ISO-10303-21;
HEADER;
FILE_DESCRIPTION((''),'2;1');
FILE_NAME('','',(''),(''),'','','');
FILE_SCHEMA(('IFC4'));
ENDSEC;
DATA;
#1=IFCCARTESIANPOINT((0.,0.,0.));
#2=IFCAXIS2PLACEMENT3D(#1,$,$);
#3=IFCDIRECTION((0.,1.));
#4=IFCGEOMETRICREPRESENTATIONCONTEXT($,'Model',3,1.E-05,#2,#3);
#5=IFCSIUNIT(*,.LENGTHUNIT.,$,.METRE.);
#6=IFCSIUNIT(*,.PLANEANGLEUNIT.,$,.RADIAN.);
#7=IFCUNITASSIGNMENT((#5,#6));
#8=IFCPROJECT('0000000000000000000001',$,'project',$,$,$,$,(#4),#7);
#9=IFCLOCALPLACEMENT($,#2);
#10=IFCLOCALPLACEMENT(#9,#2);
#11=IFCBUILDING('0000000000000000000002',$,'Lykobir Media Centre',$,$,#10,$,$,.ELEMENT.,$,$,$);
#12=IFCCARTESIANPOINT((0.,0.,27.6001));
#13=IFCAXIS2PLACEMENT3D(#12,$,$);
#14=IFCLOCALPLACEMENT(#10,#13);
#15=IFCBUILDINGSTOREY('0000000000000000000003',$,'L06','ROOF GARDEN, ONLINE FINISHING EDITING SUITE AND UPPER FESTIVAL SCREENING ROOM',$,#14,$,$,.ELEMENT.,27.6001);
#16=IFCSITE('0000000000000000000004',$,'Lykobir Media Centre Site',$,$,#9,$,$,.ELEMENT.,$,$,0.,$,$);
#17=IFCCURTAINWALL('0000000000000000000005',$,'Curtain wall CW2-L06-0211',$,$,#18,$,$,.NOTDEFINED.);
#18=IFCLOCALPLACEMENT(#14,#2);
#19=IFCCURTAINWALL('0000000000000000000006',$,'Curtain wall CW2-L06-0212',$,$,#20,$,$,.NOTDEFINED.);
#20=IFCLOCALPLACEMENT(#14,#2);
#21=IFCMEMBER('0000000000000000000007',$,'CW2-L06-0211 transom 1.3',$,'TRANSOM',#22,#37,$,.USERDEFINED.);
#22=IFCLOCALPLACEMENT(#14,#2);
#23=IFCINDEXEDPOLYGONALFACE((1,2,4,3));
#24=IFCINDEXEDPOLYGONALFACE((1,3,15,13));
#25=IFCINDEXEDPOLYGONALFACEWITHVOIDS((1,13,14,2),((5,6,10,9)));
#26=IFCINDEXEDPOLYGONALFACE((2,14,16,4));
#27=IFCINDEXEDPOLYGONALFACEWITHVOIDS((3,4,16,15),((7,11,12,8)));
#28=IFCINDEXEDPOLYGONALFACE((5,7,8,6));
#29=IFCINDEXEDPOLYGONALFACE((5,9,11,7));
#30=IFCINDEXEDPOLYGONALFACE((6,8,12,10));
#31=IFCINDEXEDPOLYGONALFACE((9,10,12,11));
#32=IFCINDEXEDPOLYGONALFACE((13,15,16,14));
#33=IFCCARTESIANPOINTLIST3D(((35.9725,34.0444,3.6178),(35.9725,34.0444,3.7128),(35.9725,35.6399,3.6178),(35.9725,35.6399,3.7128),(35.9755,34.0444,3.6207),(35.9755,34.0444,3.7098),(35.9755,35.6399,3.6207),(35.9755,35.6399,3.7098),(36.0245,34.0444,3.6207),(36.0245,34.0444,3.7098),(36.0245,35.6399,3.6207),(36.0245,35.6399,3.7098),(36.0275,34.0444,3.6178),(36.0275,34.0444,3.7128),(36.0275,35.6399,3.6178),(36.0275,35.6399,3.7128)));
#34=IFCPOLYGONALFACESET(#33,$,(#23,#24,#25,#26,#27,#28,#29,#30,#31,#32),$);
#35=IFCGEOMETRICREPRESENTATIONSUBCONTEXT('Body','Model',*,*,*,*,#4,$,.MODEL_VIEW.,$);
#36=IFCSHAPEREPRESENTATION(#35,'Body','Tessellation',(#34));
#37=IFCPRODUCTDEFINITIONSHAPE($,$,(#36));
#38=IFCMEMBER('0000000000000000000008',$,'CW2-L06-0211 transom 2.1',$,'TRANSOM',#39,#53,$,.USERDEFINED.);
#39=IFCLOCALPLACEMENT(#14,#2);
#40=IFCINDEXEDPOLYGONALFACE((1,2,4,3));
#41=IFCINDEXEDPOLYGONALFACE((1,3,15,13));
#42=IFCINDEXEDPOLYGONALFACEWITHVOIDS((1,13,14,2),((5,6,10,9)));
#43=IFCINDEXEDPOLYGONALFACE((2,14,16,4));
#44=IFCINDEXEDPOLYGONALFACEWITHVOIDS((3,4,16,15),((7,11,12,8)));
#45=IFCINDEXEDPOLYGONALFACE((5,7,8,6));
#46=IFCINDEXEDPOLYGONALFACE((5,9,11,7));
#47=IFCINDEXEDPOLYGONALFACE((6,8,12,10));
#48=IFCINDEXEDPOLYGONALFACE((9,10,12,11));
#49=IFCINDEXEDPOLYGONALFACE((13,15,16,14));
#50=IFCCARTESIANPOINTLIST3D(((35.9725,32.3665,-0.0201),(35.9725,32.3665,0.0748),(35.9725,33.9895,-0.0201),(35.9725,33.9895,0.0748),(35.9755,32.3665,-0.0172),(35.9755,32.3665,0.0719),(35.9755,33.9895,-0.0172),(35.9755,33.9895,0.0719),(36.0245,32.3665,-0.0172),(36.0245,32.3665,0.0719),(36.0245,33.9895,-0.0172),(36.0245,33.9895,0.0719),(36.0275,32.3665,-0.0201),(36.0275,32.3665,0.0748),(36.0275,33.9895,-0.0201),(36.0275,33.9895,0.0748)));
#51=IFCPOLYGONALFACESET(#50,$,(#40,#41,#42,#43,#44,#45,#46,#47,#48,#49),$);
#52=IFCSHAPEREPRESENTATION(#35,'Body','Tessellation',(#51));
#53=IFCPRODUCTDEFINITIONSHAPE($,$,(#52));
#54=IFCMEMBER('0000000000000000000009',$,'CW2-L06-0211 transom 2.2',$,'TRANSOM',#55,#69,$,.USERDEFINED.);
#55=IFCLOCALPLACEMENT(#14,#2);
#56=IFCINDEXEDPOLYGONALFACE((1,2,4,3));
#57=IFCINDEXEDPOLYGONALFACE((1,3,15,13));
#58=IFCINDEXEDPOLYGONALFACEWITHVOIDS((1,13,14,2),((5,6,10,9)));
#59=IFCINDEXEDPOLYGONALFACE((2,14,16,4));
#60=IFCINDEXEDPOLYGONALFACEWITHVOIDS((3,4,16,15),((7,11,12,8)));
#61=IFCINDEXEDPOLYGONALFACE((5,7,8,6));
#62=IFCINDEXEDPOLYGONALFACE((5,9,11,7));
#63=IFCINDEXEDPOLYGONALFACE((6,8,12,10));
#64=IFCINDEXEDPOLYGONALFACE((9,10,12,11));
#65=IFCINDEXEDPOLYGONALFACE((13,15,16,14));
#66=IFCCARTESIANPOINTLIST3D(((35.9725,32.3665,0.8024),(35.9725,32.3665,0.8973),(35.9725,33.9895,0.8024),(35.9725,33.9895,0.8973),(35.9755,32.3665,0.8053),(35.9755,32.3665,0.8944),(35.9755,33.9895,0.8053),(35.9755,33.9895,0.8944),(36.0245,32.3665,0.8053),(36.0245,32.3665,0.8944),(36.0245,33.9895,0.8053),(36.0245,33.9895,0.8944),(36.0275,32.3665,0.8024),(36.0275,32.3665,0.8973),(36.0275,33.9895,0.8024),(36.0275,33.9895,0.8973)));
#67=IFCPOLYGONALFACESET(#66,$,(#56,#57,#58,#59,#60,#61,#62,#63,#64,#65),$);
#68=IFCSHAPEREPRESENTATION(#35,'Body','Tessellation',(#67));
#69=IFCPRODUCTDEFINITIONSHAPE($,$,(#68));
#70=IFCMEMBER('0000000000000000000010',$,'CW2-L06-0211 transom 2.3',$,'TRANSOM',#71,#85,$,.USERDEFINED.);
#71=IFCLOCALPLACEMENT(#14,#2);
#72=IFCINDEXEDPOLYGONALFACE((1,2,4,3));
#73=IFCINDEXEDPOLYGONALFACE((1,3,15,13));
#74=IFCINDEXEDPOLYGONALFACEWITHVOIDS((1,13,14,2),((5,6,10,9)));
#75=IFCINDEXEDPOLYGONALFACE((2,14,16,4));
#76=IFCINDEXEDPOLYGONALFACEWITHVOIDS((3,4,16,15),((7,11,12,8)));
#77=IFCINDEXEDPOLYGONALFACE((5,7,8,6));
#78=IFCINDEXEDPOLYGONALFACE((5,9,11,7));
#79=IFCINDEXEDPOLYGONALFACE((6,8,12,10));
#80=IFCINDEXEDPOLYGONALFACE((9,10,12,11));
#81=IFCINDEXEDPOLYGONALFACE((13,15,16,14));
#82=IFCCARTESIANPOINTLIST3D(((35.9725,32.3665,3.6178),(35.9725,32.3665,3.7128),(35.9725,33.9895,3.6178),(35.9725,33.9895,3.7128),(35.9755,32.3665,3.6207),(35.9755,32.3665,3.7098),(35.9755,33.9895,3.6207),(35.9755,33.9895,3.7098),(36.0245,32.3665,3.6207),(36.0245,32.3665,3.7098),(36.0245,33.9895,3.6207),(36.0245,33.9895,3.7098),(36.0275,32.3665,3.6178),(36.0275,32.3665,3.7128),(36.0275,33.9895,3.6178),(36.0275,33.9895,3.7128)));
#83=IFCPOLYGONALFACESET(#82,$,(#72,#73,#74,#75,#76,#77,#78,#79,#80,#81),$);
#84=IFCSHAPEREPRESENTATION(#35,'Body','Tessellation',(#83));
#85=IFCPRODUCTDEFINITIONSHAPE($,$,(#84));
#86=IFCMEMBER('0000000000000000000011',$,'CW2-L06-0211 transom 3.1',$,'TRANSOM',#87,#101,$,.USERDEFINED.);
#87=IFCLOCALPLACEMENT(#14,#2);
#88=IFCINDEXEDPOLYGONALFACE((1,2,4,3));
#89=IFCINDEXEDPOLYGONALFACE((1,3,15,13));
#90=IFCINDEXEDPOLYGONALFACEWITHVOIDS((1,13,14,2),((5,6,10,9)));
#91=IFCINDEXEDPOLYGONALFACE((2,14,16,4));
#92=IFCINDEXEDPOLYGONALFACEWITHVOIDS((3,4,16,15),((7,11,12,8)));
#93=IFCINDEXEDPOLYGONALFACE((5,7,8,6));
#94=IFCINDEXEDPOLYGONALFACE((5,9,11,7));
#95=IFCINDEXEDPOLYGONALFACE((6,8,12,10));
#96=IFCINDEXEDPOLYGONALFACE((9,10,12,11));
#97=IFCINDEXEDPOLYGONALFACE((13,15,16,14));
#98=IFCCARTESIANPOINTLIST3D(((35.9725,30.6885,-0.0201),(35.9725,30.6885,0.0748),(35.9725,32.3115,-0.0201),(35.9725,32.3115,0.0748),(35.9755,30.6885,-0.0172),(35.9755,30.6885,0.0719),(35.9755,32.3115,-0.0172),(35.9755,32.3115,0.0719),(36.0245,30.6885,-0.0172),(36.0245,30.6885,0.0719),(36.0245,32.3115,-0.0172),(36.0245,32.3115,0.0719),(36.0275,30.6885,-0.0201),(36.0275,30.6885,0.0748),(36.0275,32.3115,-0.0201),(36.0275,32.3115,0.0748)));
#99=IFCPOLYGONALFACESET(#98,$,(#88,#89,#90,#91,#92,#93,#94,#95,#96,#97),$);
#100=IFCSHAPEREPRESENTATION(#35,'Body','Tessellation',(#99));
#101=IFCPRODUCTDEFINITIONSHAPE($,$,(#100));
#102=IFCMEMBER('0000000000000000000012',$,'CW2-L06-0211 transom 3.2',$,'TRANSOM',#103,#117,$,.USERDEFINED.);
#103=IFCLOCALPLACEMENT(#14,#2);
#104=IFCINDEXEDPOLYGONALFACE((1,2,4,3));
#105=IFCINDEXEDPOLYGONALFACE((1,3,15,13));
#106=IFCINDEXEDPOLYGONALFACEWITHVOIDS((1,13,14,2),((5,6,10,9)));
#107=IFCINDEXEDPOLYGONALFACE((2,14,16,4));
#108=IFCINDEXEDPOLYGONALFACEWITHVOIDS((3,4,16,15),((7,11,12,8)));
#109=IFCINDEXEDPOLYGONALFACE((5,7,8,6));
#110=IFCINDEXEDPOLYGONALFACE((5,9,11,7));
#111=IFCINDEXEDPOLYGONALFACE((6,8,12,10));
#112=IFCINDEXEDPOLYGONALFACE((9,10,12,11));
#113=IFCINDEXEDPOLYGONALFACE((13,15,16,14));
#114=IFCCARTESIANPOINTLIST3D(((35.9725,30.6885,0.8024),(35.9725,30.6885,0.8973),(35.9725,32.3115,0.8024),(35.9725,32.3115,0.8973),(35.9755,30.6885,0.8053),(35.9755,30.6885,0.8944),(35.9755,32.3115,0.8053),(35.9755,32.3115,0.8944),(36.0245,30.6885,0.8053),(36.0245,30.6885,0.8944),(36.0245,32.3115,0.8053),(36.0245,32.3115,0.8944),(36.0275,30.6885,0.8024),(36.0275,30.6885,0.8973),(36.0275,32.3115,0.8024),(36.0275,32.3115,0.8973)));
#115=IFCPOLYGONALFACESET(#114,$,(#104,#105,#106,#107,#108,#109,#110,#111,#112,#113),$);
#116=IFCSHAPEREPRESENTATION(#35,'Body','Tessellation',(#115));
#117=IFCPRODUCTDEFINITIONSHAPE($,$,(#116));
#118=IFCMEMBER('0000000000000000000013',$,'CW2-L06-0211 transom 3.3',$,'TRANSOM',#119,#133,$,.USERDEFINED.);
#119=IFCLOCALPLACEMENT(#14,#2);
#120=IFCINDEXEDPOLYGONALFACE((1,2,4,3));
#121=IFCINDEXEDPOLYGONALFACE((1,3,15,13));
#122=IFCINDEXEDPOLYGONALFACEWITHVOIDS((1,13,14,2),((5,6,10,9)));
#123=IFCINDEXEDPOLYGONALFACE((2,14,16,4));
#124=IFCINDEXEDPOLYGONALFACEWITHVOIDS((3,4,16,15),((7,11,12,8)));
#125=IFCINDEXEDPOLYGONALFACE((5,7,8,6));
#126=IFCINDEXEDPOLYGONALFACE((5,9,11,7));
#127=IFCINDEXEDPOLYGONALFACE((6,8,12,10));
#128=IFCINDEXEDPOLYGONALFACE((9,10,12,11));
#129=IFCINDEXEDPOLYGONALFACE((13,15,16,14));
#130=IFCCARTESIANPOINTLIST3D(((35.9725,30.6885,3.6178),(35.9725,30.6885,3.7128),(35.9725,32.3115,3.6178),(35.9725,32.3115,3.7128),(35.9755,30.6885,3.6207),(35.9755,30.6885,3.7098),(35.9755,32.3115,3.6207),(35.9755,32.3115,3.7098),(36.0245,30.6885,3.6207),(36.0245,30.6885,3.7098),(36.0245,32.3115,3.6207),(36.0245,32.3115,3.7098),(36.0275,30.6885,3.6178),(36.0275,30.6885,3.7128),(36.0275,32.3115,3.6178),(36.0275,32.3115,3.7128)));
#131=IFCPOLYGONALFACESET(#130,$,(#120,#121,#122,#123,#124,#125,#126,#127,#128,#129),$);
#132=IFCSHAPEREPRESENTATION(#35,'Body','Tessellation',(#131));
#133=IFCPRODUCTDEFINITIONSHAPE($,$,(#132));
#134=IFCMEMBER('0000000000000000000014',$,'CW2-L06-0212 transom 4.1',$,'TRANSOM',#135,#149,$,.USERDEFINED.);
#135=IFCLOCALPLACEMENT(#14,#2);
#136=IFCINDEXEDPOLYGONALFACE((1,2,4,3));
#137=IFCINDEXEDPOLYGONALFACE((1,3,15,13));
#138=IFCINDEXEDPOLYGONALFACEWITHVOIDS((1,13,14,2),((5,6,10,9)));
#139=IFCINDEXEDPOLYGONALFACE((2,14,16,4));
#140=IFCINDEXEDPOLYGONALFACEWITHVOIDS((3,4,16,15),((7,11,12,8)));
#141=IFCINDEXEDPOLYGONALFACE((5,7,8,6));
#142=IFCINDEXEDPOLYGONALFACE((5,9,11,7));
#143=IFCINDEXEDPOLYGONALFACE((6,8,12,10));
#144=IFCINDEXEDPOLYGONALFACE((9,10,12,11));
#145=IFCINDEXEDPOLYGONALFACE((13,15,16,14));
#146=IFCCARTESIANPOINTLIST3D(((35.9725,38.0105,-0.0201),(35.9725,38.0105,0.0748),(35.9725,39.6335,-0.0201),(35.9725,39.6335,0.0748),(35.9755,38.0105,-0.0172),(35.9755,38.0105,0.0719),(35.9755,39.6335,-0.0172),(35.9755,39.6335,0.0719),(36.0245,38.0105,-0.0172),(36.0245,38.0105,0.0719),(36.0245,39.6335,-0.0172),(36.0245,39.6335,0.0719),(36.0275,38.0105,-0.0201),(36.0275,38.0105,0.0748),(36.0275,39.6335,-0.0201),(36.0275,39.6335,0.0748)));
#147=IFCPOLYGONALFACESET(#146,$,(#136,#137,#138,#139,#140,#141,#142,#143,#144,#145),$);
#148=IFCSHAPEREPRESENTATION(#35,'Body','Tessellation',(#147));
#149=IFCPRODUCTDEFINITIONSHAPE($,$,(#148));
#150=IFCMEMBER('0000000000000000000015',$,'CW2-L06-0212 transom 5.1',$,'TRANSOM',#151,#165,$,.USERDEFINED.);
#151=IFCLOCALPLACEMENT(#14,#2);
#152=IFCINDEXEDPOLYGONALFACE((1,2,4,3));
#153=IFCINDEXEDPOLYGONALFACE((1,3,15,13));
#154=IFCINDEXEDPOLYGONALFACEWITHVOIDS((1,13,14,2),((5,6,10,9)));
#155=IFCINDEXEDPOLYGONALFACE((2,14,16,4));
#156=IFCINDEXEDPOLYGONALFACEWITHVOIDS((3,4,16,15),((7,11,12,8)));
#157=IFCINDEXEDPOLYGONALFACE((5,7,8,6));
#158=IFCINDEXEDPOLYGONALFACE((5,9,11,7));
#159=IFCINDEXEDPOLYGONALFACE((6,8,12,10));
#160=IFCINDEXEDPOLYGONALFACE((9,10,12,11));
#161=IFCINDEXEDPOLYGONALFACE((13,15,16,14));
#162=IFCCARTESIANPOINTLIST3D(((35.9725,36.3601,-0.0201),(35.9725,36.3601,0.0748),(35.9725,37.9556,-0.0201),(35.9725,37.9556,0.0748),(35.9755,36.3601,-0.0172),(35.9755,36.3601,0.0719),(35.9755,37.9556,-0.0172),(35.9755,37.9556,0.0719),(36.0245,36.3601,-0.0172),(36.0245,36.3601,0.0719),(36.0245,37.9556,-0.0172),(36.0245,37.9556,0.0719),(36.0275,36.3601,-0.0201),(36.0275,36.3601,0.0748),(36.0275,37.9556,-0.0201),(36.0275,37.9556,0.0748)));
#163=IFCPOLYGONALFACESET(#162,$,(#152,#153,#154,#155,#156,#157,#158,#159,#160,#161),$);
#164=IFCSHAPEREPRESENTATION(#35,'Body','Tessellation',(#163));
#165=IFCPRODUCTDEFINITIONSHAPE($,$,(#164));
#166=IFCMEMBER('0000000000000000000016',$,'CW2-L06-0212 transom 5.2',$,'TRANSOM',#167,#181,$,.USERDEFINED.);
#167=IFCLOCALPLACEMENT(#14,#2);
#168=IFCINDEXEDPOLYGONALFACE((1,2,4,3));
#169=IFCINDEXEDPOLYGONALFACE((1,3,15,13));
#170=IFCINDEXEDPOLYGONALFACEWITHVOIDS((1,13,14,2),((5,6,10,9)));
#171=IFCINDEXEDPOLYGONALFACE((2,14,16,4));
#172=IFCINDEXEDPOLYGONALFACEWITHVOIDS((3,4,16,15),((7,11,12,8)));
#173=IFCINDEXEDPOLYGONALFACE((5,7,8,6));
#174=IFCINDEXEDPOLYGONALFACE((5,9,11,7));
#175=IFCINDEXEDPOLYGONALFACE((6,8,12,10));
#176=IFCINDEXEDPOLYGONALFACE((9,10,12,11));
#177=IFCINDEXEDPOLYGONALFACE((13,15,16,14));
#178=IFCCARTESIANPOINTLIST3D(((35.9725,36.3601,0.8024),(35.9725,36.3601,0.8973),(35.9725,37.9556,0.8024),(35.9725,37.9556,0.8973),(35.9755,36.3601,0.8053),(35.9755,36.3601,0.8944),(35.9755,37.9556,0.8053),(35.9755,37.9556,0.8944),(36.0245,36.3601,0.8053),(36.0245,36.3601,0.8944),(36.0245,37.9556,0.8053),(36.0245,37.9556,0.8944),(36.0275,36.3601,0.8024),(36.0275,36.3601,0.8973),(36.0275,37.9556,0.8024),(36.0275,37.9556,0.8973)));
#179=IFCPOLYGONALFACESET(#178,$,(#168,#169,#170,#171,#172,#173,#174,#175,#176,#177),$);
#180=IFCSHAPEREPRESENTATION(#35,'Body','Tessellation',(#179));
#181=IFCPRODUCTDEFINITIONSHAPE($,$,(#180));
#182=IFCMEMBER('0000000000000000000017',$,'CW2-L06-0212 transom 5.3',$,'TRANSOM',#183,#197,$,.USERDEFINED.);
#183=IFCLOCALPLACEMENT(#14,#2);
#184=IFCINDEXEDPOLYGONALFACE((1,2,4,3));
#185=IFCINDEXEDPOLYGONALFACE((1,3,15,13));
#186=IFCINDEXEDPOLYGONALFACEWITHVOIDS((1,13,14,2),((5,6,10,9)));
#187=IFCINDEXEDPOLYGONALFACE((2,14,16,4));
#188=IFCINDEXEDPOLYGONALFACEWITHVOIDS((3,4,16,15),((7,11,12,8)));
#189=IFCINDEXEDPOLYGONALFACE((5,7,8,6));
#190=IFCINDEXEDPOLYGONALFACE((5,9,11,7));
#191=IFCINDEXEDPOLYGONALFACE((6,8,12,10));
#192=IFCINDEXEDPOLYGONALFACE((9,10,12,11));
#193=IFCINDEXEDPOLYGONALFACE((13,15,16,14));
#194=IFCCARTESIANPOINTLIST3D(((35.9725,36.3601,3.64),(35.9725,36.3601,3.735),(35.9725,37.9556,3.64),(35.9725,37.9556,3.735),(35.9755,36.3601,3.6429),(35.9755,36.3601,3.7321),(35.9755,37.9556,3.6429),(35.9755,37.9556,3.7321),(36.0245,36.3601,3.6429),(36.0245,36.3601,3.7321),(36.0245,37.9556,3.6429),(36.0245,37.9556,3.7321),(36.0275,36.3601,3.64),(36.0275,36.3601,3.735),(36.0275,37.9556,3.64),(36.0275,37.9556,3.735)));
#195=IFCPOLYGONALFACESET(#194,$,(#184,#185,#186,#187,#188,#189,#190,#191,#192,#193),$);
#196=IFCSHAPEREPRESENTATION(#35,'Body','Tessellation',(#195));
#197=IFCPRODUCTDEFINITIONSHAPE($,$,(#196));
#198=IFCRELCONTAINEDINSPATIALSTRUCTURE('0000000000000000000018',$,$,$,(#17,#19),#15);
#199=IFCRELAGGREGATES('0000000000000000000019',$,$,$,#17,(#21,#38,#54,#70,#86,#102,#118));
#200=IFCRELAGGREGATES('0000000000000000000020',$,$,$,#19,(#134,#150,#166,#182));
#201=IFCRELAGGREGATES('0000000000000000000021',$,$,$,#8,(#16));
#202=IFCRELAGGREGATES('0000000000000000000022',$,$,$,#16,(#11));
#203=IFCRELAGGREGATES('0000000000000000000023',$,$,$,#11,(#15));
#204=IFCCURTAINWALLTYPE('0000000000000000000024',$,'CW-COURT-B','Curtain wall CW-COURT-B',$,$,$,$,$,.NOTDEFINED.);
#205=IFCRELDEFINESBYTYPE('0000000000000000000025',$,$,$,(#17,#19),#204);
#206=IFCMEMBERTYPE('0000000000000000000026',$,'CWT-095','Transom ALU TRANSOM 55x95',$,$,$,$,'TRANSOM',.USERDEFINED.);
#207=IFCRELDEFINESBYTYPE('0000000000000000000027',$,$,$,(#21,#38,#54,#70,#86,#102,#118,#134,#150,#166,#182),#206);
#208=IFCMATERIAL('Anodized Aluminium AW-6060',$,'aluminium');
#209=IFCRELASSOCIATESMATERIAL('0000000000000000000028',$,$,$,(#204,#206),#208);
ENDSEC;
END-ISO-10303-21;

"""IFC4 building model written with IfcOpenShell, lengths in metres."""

from ifc_helpers import new_model, si_unit, direction, frame, origin, origin_2d, place, context, subcontext, project, spatial, hollow_rectangle, extrude, material, material_profile, profile_set, type_object, element, aggregate, save


model = new_model("IFC4")

# Units and contexts
model_context = context("Model", 3, precision=1e-05, world=origin(), true_north=direction((0.0, 1.0)))
body_context = subcontext(model_context, "Body", "Model", "MODEL_VIEW")
ifc_project = project(units=[si_unit("LENGTHUNIT", "METRE"), si_unit("PLANEANGLEUNIT", "RADIAN")], contexts=[model_context])

# Site, building, storey
site_placement = place(None, origin())
site = spatial("IfcSite", under=ifc_project, at=site_placement, Name="Lykobir Media Centre Site", CompositionType="ELEMENT", RefElevation=0.0)
building_placement = place(site_placement, origin())
building = spatial("IfcBuilding", under=site, at=building_placement, Name="Lykobir Media Centre", CompositionType="ELEMENT")
storey_placement = place(building_placement, frame((0.0, 0.0, 27.6001)))
storey = spatial("IfcBuildingStorey", under=building, at=storey_placement, Name="L06", Description="ROOF GARDEN, ONLINE FINISHING EDITING SUITE AND UPPER FESTIVAL SCREENING ROOM", CompositionType="ELEMENT", Elevation=27.6001)

# Curtain walls
ifc_material_1 = material(Name="Anodized Aluminium AW-6060", Category="aluminium")
curtain_wall_type = type_object("IfcCurtainWallType", Name="CW-COURT-B", Description="Curtain wall CW-COURT-B", PredefinedType="NOTDEFINED", material=ifc_material_1)
curtain_wall_1_placement = place(storey_placement, origin())
curtain_wall_1 = element("IfcCurtainWall", 1, at=curtain_wall_1_placement, inside=storey, type_object=curtain_wall_type, Name="Curtain wall CW2-L06-0211", PredefinedType="NOTDEFINED")
curtain_wall_2_placement = place(storey_placement, origin())
curtain_wall_2 = element("IfcCurtainWall", 2, at=curtain_wall_2_placement, inside=storey, type_object=curtain_wall_type, Name="Curtain wall CW2-L06-0212", PredefinedType="NOTDEFINED")

# Members
ifc_material_profile_1 = material_profile(ifc_material_1, hollow_rectangle(XDim=0.0549, YDim=0.095, WallThickness=0.0029, at=origin_2d()), Name="ALU TRANSOM 55x95")
ifc_profile_set_1 = profile_set([ifc_material_profile_1], Name="Anodized Aluminium AW-6060")
member_type_1 = type_object("IfcMemberType", Name="CWT-095", Description="Transom ALU TRANSOM 55x95", ElementType="TRANSOM", PredefinedType="USERDEFINED", material=ifc_profile_set_1)
member_1_placement = place(storey_placement, frame((36.0, 35.6399, 3.6653), z_axis=(0.0, -1.0, 0.0), x_axis=(1.0, 0.0, 0.0)))
member_1 = element("IfcMember", 3, at=member_1_placement, type_object=member_type_1, Name="CW2-L06-0211 transom 1.3", ObjectType="TRANSOM", PredefinedType="USERDEFINED", context=body_context, shape_type="SweptSolid", body=[
    extrude(hollow_rectangle(XDim=0.0549, YDim=0.095, WallThickness=0.0029, at=origin_2d()), origin(), (0.0, 0.0, 1.0), 1.5955),
])
member_2_placement = place(storey_placement, frame((36.0, 33.9895, 0.0273), z_axis=(0.0, -1.0, 0.0), x_axis=(1.0, 0.0, 0.0)))
member_2 = element("IfcMember", 4, at=member_2_placement, type_object=member_type_1, Name="CW2-L06-0211 transom 2.1", ObjectType="TRANSOM", PredefinedType="USERDEFINED", context=body_context, shape_type="SweptSolid", body=[
    extrude(hollow_rectangle(XDim=0.0549, YDim=0.095, WallThickness=0.0029, at=origin_2d()), origin(), (0.0, 0.0, 1.0), 1.623),
])
member_3_placement = place(storey_placement, frame((36.0, 33.9895, 0.8499), z_axis=(0.0, -1.0, 0.0), x_axis=(1.0, 0.0, 0.0)))
member_3 = element("IfcMember", 5, at=member_3_placement, type_object=member_type_1, Name="CW2-L06-0211 transom 2.2", ObjectType="TRANSOM", PredefinedType="USERDEFINED", context=body_context, shape_type="SweptSolid", body=[
    extrude(hollow_rectangle(XDim=0.0549, YDim=0.095, WallThickness=0.0029, at=origin_2d()), origin(), (0.0, 0.0, 1.0), 1.623),
])
member_4_placement = place(storey_placement, frame((36.0, 33.9895, 3.6653), z_axis=(0.0, -1.0, 0.0), x_axis=(1.0, 0.0, 0.0)))
member_4 = element("IfcMember", 6, at=member_4_placement, type_object=member_type_1, Name="CW2-L06-0211 transom 2.3", ObjectType="TRANSOM", PredefinedType="USERDEFINED", context=body_context, shape_type="SweptSolid", body=[
    extrude(hollow_rectangle(XDim=0.0549, YDim=0.095, WallThickness=0.0029, at=origin_2d()), origin(), (0.0, 0.0, 1.0), 1.623),
])
member_5_placement = place(storey_placement, frame((36.0, 32.3115, 0.0273), z_axis=(0.0, -1.0, 0.0), x_axis=(1.0, 0.0, 0.0)))
member_5 = element("IfcMember", 7, at=member_5_placement, type_object=member_type_1, Name="CW2-L06-0211 transom 3.1", ObjectType="TRANSOM", PredefinedType="USERDEFINED", context=body_context, shape_type="SweptSolid", body=[
    extrude(hollow_rectangle(XDim=0.0549, YDim=0.095, WallThickness=0.0029, at=origin_2d()), origin(), (0.0, 0.0, 1.0), 1.623),
])
member_6_placement = place(storey_placement, frame((36.0, 32.3115, 0.8499), z_axis=(0.0, -1.0, 0.0), x_axis=(1.0, 0.0, 0.0)))
member_6 = element("IfcMember", 8, at=member_6_placement, type_object=member_type_1, Name="CW2-L06-0211 transom 3.2", ObjectType="TRANSOM", PredefinedType="USERDEFINED", context=body_context, shape_type="SweptSolid", body=[
    extrude(hollow_rectangle(XDim=0.0549, YDim=0.095, WallThickness=0.0029, at=origin_2d()), origin(), (0.0, 0.0, 1.0), 1.623),
])
member_7_placement = place(storey_placement, frame((36.0, 32.3115, 3.6653), z_axis=(0.0, -1.0, 0.0), x_axis=(1.0, 0.0, 0.0)))
member_7 = element("IfcMember", 9, at=member_7_placement, type_object=member_type_1, Name="CW2-L06-0211 transom 3.3", ObjectType="TRANSOM", PredefinedType="USERDEFINED", context=body_context, shape_type="SweptSolid", body=[
    extrude(hollow_rectangle(XDim=0.0549, YDim=0.095, WallThickness=0.0029, at=origin_2d()), origin(), (0.0, 0.0, 1.0), 1.623),
])
member_8_placement = place(storey_placement, frame((36.0, 39.6335, 0.0273), z_axis=(0.0, -1.0, 0.0), x_axis=(1.0, 0.0, 0.0)))
member_8 = element("IfcMember", 10, at=member_8_placement, type_object=member_type_1, Name="CW2-L06-0212 transom 4.1", ObjectType="TRANSOM", PredefinedType="USERDEFINED", context=body_context, shape_type="SweptSolid", body=[
    extrude(hollow_rectangle(XDim=0.0549, YDim=0.095, WallThickness=0.0029, at=origin_2d()), origin(), (0.0, 0.0, 1.0), 1.623),
])
member_9_placement = place(storey_placement, frame((36.0, 37.9556, 0.0273), z_axis=(0.0, -1.0, 0.0), x_axis=(1.0, 0.0, 0.0)))
member_9 = element("IfcMember", 11, at=member_9_placement, type_object=member_type_1, Name="CW2-L06-0212 transom 5.1", ObjectType="TRANSOM", PredefinedType="USERDEFINED", context=body_context, shape_type="SweptSolid", body=[
    extrude(hollow_rectangle(XDim=0.0549, YDim=0.095, WallThickness=0.0029, at=origin_2d()), origin(), (0.0, 0.0, 1.0), 1.5955),
])
member_10_placement = place(storey_placement, frame((36.0, 37.9556, 0.8499), z_axis=(0.0, -1.0, 0.0), x_axis=(1.0, 0.0, 0.0)))
member_10 = element("IfcMember", 12, at=member_10_placement, type_object=member_type_1, Name="CW2-L06-0212 transom 5.2", ObjectType="TRANSOM", PredefinedType="USERDEFINED", context=body_context, shape_type="SweptSolid", body=[
    extrude(hollow_rectangle(XDim=0.0549, YDim=0.095, WallThickness=0.0029, at=origin_2d()), origin(), (0.0, 0.0, 1.0), 1.5955),
])
member_11_placement = place(storey_placement, frame((36.0, 37.9556, 3.6875), z_axis=(0.0, -1.0, 0.0), x_axis=(1.0, 0.0, 0.0)))
member_11 = element("IfcMember", 13, at=member_11_placement, type_object=member_type_1, Name="CW2-L06-0212 transom 5.3", ObjectType="TRANSOM", PredefinedType="USERDEFINED", context=body_context, shape_type="SweptSolid", body=[
    extrude(hollow_rectangle(XDim=0.0549, YDim=0.095, WallThickness=0.0029, at=origin_2d()), origin(), (0.0, 0.0, 1.0), 1.5955),
])

aggregate(curtain_wall_1, [member_1, member_2, member_3, member_4, member_5, member_6, member_7])
aggregate(curtain_wall_2, [member_8, member_9, member_10, member_11])

save(model, "model.ifc")
